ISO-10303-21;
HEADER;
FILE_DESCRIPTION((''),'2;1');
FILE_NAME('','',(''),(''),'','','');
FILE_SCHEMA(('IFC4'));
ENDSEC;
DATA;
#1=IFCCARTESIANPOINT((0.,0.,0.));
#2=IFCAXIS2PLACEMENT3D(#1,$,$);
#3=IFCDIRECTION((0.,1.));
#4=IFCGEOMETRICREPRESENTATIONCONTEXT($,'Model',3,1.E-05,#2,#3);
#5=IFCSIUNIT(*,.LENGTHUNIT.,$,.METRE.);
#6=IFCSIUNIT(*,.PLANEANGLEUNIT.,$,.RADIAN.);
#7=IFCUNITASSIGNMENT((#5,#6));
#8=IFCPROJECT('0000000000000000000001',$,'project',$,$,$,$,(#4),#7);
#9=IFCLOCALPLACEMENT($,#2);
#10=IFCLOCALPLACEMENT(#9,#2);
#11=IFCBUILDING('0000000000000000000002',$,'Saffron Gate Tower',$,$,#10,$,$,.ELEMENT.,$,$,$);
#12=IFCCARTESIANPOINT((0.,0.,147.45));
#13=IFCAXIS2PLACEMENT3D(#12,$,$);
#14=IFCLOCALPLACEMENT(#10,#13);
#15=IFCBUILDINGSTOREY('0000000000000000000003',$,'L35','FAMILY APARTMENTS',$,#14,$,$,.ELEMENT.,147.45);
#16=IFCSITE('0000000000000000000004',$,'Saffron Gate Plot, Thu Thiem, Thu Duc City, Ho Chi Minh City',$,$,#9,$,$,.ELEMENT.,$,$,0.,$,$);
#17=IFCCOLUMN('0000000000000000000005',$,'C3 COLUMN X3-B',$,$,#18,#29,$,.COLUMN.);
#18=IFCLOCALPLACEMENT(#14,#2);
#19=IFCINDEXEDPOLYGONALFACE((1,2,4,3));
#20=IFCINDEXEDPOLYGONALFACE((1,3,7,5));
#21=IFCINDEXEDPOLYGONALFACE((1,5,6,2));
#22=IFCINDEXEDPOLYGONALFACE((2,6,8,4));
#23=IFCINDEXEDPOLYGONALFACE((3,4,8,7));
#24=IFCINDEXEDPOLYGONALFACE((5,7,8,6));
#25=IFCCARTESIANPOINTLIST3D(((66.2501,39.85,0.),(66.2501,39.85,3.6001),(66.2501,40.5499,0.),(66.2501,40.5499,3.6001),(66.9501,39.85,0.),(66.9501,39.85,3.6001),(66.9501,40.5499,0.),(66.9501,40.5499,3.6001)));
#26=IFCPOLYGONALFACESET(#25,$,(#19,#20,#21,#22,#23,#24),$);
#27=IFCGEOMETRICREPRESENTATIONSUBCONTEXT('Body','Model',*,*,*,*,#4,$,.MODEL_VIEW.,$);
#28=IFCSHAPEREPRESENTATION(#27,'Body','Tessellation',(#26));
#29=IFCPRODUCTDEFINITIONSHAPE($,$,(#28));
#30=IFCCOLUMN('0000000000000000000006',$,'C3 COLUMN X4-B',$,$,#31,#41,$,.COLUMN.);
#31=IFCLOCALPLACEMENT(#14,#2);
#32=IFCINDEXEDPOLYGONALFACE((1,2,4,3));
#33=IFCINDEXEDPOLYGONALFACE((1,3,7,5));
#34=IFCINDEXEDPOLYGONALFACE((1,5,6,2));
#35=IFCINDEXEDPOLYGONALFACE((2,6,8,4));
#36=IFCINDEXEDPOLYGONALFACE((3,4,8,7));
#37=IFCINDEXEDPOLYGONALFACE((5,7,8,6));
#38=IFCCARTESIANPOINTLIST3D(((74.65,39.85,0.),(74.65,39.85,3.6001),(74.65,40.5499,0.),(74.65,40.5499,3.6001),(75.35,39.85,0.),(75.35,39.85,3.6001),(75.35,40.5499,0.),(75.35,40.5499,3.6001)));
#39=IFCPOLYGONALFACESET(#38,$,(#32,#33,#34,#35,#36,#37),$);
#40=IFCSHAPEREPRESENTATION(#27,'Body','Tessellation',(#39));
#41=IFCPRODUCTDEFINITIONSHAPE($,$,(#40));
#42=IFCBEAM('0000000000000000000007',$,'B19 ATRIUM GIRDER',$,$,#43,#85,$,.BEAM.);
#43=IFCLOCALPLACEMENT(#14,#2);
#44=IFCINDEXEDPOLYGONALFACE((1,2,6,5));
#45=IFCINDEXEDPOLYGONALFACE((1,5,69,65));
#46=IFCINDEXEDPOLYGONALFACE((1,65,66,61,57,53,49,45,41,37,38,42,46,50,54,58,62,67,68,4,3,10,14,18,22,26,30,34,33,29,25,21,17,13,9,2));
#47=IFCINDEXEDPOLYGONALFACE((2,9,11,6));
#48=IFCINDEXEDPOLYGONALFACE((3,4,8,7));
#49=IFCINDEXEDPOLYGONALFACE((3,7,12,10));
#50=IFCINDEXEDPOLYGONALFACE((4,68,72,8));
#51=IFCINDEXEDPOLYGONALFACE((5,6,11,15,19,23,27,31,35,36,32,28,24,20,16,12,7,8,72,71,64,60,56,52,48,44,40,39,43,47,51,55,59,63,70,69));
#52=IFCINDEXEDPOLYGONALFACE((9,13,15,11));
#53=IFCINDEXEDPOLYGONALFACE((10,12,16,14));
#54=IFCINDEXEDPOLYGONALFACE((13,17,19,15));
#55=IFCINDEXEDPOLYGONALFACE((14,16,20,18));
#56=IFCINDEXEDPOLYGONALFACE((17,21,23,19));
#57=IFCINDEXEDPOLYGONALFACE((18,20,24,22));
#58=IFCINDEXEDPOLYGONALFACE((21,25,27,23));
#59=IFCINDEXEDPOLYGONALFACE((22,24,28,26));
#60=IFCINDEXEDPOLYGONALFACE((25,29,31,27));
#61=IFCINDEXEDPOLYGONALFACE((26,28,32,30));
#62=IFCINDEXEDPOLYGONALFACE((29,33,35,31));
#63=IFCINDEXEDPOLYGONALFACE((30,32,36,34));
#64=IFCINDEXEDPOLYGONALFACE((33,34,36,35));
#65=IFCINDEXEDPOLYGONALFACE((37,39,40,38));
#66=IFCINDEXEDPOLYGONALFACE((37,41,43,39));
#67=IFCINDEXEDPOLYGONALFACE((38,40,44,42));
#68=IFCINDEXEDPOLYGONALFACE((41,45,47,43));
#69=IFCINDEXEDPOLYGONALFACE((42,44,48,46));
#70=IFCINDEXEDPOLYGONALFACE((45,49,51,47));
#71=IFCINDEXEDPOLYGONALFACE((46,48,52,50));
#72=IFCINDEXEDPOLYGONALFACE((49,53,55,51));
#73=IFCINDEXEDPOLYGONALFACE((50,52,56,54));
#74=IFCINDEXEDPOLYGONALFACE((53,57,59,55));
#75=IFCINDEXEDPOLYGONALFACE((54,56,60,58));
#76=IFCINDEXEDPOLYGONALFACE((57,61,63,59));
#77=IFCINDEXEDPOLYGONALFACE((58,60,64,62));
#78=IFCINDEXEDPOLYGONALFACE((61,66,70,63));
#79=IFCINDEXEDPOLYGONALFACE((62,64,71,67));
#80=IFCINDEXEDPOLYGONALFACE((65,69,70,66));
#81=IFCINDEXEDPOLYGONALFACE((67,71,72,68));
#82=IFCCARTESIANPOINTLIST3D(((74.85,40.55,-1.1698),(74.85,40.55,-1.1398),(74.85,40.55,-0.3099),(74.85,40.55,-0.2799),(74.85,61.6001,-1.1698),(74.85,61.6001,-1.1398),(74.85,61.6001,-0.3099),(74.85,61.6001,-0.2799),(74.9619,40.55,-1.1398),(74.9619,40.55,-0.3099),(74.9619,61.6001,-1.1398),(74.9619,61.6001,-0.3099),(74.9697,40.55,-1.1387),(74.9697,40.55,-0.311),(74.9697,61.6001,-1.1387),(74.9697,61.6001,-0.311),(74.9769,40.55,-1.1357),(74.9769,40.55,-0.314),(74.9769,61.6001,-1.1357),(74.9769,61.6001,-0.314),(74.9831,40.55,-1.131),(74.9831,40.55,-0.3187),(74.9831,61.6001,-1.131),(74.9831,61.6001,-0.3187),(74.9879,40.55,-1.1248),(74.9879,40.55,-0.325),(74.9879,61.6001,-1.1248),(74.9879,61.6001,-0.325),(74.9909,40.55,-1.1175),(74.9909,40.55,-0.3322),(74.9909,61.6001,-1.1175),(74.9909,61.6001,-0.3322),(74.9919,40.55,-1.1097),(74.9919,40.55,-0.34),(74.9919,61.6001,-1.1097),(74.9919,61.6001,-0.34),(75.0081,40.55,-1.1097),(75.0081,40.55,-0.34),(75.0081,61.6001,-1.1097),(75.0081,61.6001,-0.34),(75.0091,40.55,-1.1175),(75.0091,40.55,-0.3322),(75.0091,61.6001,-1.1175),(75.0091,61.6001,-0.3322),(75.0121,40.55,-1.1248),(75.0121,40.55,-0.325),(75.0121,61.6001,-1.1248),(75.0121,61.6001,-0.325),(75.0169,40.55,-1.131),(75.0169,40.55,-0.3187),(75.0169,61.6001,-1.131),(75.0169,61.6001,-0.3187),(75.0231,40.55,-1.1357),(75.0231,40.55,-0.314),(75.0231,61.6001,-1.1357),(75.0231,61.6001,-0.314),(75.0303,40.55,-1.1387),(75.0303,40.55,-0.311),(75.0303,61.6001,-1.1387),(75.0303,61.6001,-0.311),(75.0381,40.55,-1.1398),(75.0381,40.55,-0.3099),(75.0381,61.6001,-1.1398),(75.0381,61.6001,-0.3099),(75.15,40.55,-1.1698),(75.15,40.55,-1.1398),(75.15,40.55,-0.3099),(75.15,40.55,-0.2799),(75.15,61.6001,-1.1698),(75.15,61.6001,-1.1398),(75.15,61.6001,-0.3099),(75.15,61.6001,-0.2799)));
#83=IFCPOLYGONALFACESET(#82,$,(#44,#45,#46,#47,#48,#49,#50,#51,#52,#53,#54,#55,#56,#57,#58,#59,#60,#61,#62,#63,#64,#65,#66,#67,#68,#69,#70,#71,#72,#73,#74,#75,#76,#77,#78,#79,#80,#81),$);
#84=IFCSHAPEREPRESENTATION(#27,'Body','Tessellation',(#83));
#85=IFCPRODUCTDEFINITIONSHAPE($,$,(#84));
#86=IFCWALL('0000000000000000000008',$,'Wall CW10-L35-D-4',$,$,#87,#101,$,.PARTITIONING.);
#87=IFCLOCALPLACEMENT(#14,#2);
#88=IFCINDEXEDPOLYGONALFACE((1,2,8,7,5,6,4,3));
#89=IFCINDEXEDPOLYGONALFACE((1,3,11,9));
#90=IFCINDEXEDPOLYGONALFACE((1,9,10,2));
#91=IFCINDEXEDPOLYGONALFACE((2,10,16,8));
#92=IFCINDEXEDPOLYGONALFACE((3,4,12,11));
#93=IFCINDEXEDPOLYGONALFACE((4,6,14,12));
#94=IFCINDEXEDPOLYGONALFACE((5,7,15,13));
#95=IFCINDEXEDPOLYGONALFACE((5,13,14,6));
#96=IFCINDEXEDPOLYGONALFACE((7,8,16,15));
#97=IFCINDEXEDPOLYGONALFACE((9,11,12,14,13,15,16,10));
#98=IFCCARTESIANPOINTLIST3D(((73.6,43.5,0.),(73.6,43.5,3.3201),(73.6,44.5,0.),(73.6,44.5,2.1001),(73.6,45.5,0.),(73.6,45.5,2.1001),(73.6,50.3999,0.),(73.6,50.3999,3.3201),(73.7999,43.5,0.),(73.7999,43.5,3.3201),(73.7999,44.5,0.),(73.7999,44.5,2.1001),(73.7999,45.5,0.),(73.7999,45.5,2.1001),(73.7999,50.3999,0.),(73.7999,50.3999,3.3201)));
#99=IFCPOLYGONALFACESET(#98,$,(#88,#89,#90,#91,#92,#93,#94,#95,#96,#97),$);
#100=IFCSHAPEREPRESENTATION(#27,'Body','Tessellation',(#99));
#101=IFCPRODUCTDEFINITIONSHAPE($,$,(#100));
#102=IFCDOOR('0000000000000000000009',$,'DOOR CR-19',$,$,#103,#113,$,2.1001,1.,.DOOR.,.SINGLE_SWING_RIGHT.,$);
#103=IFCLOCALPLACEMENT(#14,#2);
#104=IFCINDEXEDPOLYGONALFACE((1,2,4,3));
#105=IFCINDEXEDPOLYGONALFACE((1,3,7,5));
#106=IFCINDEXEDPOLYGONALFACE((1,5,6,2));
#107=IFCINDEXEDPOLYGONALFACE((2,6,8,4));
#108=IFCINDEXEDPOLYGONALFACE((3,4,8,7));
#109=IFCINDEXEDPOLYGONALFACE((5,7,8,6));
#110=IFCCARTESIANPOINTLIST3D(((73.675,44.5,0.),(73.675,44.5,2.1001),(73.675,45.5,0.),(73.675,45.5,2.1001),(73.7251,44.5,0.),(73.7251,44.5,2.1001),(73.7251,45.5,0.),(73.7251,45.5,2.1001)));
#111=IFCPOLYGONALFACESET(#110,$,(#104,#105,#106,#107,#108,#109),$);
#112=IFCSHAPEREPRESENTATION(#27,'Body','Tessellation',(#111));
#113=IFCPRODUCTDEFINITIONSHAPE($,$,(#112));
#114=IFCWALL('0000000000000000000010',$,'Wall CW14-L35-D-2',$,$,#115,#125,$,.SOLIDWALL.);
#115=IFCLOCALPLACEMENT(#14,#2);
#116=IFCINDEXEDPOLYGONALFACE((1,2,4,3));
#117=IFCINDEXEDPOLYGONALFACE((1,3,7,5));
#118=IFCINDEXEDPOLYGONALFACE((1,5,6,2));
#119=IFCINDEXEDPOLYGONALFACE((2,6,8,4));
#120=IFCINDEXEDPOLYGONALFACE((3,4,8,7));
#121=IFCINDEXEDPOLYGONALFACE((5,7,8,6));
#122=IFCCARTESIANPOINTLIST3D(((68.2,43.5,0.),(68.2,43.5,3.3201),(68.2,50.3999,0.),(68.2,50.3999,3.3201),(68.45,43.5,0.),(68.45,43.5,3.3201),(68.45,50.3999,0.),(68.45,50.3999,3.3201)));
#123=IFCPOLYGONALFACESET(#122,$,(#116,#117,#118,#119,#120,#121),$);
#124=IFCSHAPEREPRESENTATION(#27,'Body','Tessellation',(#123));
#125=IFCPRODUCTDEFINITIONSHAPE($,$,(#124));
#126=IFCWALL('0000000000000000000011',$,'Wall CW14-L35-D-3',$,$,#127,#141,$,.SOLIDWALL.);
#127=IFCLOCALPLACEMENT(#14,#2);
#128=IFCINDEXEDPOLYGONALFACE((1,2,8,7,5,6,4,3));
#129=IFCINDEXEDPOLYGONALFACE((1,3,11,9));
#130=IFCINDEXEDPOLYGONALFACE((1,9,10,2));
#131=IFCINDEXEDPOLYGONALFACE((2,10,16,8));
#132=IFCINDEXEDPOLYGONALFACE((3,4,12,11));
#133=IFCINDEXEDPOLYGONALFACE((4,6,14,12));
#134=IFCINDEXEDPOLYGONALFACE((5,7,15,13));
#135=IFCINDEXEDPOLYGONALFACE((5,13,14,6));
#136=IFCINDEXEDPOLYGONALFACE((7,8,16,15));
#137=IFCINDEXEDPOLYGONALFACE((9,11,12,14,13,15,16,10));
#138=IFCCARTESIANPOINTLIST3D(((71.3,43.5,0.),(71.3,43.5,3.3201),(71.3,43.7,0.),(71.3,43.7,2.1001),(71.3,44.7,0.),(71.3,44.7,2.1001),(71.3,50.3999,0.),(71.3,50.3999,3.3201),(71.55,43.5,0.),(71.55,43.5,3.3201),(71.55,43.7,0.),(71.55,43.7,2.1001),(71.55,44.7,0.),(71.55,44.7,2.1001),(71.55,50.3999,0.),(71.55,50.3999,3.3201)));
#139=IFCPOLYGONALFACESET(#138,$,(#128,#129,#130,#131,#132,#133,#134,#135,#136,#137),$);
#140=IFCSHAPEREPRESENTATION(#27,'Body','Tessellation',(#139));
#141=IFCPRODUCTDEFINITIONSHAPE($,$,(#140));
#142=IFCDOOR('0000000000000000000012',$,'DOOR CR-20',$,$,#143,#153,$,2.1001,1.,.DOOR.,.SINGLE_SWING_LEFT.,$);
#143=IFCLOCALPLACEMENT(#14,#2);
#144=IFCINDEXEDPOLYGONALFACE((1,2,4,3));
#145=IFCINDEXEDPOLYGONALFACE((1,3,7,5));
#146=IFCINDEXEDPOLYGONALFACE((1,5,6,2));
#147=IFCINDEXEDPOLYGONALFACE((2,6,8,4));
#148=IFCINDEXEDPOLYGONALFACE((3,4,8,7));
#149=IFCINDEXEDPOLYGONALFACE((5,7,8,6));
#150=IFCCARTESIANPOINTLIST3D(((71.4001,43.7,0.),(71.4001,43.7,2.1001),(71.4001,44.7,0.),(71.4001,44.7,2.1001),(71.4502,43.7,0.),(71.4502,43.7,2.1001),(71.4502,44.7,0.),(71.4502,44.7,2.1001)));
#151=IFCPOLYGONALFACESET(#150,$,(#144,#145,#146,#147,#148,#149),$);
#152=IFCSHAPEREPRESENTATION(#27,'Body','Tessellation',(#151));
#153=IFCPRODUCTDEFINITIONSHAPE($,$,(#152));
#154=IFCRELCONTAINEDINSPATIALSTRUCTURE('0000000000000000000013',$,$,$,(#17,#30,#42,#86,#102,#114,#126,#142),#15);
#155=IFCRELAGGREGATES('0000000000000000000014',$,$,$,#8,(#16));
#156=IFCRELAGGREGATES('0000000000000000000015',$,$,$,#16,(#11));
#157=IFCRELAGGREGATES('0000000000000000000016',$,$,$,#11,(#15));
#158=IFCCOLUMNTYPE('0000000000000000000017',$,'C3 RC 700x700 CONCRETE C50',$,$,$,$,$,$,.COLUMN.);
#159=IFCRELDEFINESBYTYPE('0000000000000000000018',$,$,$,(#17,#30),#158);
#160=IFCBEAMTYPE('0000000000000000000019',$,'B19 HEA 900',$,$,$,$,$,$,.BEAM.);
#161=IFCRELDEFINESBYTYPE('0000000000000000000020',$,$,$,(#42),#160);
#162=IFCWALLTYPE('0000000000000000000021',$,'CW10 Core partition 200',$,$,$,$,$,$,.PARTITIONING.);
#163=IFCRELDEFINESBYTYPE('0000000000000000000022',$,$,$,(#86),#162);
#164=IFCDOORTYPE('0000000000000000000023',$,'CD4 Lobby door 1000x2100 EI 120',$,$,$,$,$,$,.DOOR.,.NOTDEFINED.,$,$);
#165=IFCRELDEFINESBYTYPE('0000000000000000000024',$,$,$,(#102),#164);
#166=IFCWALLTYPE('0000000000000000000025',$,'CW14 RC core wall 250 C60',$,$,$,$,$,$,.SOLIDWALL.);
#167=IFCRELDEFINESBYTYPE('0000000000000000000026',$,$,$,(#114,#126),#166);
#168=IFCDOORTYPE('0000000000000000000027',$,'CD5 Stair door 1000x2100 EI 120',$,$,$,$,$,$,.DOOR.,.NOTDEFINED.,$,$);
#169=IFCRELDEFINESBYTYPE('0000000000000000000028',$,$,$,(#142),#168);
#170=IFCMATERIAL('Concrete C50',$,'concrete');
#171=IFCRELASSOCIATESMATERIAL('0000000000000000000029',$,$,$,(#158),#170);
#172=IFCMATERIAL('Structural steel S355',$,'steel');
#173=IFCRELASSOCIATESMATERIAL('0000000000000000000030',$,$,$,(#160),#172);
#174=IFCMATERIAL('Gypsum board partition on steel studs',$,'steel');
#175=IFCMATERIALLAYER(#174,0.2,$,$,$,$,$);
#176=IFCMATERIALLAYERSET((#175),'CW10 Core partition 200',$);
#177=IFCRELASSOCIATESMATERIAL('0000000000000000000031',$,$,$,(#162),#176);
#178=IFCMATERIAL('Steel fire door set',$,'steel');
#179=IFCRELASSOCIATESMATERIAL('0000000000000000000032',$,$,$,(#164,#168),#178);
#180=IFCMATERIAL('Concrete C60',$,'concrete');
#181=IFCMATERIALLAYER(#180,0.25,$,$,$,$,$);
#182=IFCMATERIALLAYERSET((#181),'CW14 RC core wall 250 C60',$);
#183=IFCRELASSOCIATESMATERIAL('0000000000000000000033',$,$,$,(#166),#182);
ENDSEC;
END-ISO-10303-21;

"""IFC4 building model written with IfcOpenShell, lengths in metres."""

from ifc_helpers import new_model, si_unit, direction, frame, frame_2d, origin, origin_2d, place, context, subcontext, project, spatial, rectangle, i_section, extrude, material, layer, layer_set, material_profile, profile_set, type_object, element, fill, save


model = new_model("IFC4")

# Units and contexts
model_context = context("Model", 3, precision=1e-05, world=origin(), true_north=direction((0.0, 1.0)))
body_context = subcontext(model_context, "Body", "Model", "MODEL_VIEW")
ifc_project = project(units=[si_unit("LENGTHUNIT", "METRE"), si_unit("PLANEANGLEUNIT", "RADIAN")], contexts=[model_context])

# Site, building, storey
site_placement = place(None, origin())
site = spatial("IfcSite", under=ifc_project, at=site_placement, Name="Saffron Gate Plot, Thu Thiem, Thu Duc City, Ho Chi Minh City", CompositionType="ELEMENT", RefElevation=0.0)
building_placement = place(site_placement, origin())
building = spatial("IfcBuilding", under=site, at=building_placement, Name="Saffron Gate Tower", CompositionType="ELEMENT")
storey_placement = place(building_placement, frame((0.0, 0.0, 147.45)))
storey = spatial("IfcBuildingStorey", under=building, at=storey_placement, Name="L35", Description="FAMILY APARTMENTS", CompositionType="ELEMENT", Elevation=147.45)

# Columns
ifc_material_1 = material(Name="Concrete C50", Category="concrete")
ifc_material_profile_1 = material_profile(ifc_material_1, rectangle(XDim=0.7, YDim=0.7, at=origin_2d()))
ifc_profile_set_1 = profile_set([ifc_material_profile_1], Name="Concrete C50")
column_type = type_object("IfcColumnType", Name="C3 RC 700x700 CONCRETE C50", PredefinedType="COLUMN", material=ifc_profile_set_1)
for number, where, z_axis, x_axis, name in (
    (1, (66.6001, 40.2, 0.0), (0.0, 0.0, 1.0), (1.0, 0.0, 0.0), "C3 COLUMN X3-B"),
    (2, (75.0, 40.2, 0.0), (0.0, 0.0, 1.0), (1.0, 0.0, 0.0), "C3 COLUMN X4-B"),
):
    element("IfcColumn", number, at=place(storey_placement, frame(where, z_axis=z_axis, x_axis=x_axis)), inside=storey, type_object=column_type, Name=name, PredefinedType="COLUMN", context=body_context, shape_type="SweptSolid", body=[
        extrude(rectangle(XDim=0.7, YDim=0.7, at=origin_2d()), origin(), (0.0, 0.0, 1.0), 3.6001),
    ])

# Beam
ifc_material_2 = material(Name="Structural steel S355", Category="steel")
ifc_material_profile_2 = material_profile(ifc_material_2, i_section(OverallWidth=0.3, OverallDepth=0.8899, WebThickness=0.0161, FlangeThickness=0.03, FilletRadius=0.03, at=origin_2d()))
ifc_profile_set_2 = profile_set([ifc_material_profile_2], Name="Structural steel S355")
beam_type = type_object("IfcBeamType", Name="B19 HEA 900", PredefinedType="BEAM", material=ifc_profile_set_2)
beam_placement = place(storey_placement, frame((75.0, 40.55, -0.7249), z_axis=(0.0, 1.0, 0.0), x_axis=(-1.0, 0.0, 0.0)))
element("IfcBeam", 3, at=beam_placement, inside=storey, type_object=beam_type, Name="B19 ATRIUM GIRDER", PredefinedType="BEAM", context=body_context, shape_type="SweptSolid", body=[
    extrude(i_section(OverallWidth=0.3, OverallDepth=0.8899, WebThickness=0.0161, FlangeThickness=0.03, FilletRadius=0.03, at=origin_2d()), origin(), (0.0, 0.0, 1.0), 21.05),
])

# Wall, opening, door
ifc_material_3 = material(Name="Gypsum board partition on steel studs", Category="steel")
ifc_layer_1 = layer(ifc_material_3, 0.2)
ifc_layer_set_1 = layer_set([ifc_layer_1], Name="CW10 Core partition 200")
wall_type_1 = type_object("IfcWallType", Name="CW10 Core partition 200", PredefinedType="PARTITIONING", material=ifc_layer_set_1)
wall_1_placement = place(storey_placement, frame((73.7, 43.5, 0.0), z_axis=(0.0, 0.0, 1.0), x_axis=(0.0, 1.0, 0.0)))
wall_1 = element("IfcWall", 4, at=wall_1_placement, inside=storey, type_object=wall_type_1, Name="Wall CW10-L35-D-4", PredefinedType="PARTITIONING", context=body_context, shape_type="SweptSolid", body=[
    extrude(rectangle(XDim=6.8999, YDim=0.2, at=frame_2d((3.45, 0.0))), origin(), (0.0, 0.0, 1.0), 3.3201),
])
opening_1_placement = place(wall_1_placement, frame((1.0, 0.0, 0.0)))
opening_1 = element("IfcOpeningElement", 5, at=opening_1_placement, cuts=wall_1, PredefinedType="OPENING", context=body_context, shape_type="SweptSolid", body=[
    extrude(rectangle(XDim=1.0, YDim=2.1001, at=frame_2d((0.5, 1.05))), frame((0.0, 0.1099, 0.0), z_axis=(0.0, -1.0, 0.0), x_axis=(1.0, 0.0, 0.0)), (0.0, 0.0, 1.0), 0.22),
])
ifc_material_4 = material(Name="Steel fire door set", Category="steel")
door_type_1 = type_object("IfcDoorType", Name="CD4 Lobby door 1000x2100 EI 120", OperationType="NOTDEFINED", PredefinedType="DOOR", material=ifc_material_4)
door_1_placement = place(opening_1_placement, origin())
door_1 = element("IfcDoor", 6, at=door_1_placement, inside=storey, type_object=door_type_1, Name="DOOR CR-19", OperationType="SINGLE_SWING_RIGHT", OverallHeight=2.1001, OverallWidth=1.0, PredefinedType="DOOR", context=body_context, shape_type="SweptSolid", body=[
    extrude(rectangle(XDim=1.0, YDim=2.1001, at=frame_2d((0.5, 1.05))), frame((0.0, 0.0249, 0.0), z_axis=(0.0, -1.0, 0.0), x_axis=(1.0, 0.0, 0.0)), (0.0, 0.0, 1.0), 0.05),
])
fill(opening_1, door_1)

# Wall
ifc_material_5 = material(Name="Concrete C60", Category="concrete")
ifc_layer_2 = layer(ifc_material_5, 0.25)
ifc_layer_set_2 = layer_set([ifc_layer_2], Name="CW14 RC core wall 250 C60")
wall_type_2 = type_object("IfcWallType", Name="CW14 RC core wall 250 C60", PredefinedType="SOLIDWALL", material=ifc_layer_set_2)
wall_2_placement = place(storey_placement, frame((68.325, 43.5, 0.0), z_axis=(0.0, 0.0, 1.0), x_axis=(0.0, 1.0, 0.0)))
element("IfcWall", 7, at=wall_2_placement, inside=storey, type_object=wall_type_2, Name="Wall CW14-L35-D-2", PredefinedType="SOLIDWALL", context=body_context, shape_type="SweptSolid", body=[
    extrude(rectangle(XDim=6.8999, YDim=0.25, at=frame_2d((3.45, 0.0))), origin(), (0.0, 0.0, 1.0), 3.3201),
])

# Wall, opening, door
wall_3_placement = place(storey_placement, frame((71.425, 43.5, 0.0), z_axis=(0.0, 0.0, 1.0), x_axis=(0.0, 1.0, 0.0)))
wall_3 = element("IfcWall", 8, at=wall_3_placement, inside=storey, type_object=wall_type_2, Name="Wall CW14-L35-D-3", PredefinedType="SOLIDWALL", context=body_context, shape_type="SweptSolid", body=[
    extrude(rectangle(XDim=6.8999, YDim=0.25, at=frame_2d((3.45, 0.0))), origin(), (0.0, 0.0, 1.0), 3.3201),
])
opening_2_placement = place(wall_3_placement, frame((0.2, 0.0, 0.0)))
opening_2 = element("IfcOpeningElement", 9, at=opening_2_placement, cuts=wall_3, PredefinedType="OPENING", context=body_context, shape_type="SweptSolid", body=[
    extrude(rectangle(XDim=1.0, YDim=2.1001, at=frame_2d((0.5, 1.05))), frame((0.0, 0.135, 0.0), z_axis=(0.0, -1.0, 0.0), x_axis=(1.0, 0.0, 0.0)), (0.0, 0.0, 1.0), 0.27),
])
door_type_2 = type_object("IfcDoorType", Name="CD5 Stair door 1000x2100 EI 120", OperationType="NOTDEFINED", PredefinedType="DOOR", material=ifc_material_4)
door_2_placement = place(opening_2_placement, origin())
door_2 = element("IfcDoor", 10, at=door_2_placement, inside=storey, type_object=door_type_2, Name="DOOR CR-20", OperationType="SINGLE_SWING_LEFT", OverallHeight=2.1001, OverallWidth=1.0, PredefinedType="DOOR", context=body_context, shape_type="SweptSolid", body=[
    extrude(rectangle(XDim=1.0, YDim=2.1001, at=frame_2d((0.5, 1.05))), frame((0.0, 0.0249, 0.0), z_axis=(0.0, -1.0, 0.0), x_axis=(1.0, 0.0, 0.0)), (0.0, 0.0, 1.0), 0.05),
])
fill(opening_2, door_2)

save(model, "model.ifc")
